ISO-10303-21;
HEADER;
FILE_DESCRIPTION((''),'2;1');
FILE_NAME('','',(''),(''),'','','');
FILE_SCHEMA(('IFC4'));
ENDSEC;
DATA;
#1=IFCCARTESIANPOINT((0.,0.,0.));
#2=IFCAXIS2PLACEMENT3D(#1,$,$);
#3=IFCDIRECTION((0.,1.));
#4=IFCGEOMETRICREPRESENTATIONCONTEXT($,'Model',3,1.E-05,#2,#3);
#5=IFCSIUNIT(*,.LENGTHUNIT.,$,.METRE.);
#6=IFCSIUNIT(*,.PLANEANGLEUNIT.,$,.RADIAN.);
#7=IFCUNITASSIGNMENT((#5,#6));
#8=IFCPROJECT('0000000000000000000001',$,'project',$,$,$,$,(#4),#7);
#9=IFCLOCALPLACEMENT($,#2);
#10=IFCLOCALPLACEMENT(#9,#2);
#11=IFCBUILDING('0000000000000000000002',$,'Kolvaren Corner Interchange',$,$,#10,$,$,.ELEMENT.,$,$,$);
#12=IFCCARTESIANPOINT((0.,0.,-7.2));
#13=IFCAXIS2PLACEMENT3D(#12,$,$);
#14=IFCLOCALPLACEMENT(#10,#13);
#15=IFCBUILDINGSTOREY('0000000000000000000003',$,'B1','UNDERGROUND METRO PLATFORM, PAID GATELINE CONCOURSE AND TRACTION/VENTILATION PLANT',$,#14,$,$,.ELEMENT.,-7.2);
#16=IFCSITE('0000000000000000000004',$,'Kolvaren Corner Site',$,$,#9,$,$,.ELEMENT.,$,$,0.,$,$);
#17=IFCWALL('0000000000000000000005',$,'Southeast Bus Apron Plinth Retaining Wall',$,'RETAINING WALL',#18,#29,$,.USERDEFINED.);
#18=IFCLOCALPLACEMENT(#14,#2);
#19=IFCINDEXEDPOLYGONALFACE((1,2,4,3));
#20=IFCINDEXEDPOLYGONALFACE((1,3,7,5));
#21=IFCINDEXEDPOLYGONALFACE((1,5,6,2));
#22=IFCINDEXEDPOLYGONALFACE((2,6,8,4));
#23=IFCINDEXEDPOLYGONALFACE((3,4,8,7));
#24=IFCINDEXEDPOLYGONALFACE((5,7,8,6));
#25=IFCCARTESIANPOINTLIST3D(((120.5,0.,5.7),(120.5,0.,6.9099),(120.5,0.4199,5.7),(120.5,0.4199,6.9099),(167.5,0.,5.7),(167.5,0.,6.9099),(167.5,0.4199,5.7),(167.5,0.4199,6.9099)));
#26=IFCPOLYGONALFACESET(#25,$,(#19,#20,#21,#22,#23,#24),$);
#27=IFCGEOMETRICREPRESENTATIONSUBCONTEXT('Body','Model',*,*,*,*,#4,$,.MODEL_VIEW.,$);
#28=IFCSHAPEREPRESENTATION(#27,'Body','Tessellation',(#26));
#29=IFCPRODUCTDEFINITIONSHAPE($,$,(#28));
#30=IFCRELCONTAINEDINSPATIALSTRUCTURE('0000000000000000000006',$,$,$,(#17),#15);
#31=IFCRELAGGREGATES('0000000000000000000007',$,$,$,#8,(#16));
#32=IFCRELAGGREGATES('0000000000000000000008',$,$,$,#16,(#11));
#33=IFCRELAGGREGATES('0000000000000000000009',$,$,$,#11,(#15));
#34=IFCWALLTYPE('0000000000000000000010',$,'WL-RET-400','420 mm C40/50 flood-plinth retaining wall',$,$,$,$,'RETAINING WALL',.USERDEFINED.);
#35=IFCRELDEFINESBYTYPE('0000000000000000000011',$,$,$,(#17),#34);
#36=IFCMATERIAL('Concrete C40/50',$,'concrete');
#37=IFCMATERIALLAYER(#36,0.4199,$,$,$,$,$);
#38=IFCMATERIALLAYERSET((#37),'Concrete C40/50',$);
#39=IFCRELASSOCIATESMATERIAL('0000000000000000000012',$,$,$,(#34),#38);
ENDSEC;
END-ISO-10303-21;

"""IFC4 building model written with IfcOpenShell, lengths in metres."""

from ifc_helpers import new_model, si_unit, direction, frame, frame_2d, origin, place, context, subcontext, project, spatial, rectangle, extrude, material, layer, layer_set, type_object, element, save


model = new_model("IFC4")

# Units and contexts
model_context = context("Model", 3, precision=1e-05, world=origin(), true_north=direction((0.0, 1.0)))
body_context = subcontext(model_context, "Body", "Model", "MODEL_VIEW")
ifc_project = project(units=[si_unit("LENGTHUNIT", "METRE"), si_unit("PLANEANGLEUNIT", "RADIAN")], contexts=[model_context])

# Site, building, storey
site_placement = place(None, origin())
site = spatial("IfcSite", under=ifc_project, at=site_placement, Name="Kolvaren Corner Site", CompositionType="ELEMENT", RefElevation=0.0)
building_placement = place(site_placement, origin())
building = spatial("IfcBuilding", under=site, at=building_placement, Name="Kolvaren Corner Interchange", CompositionType="ELEMENT")
storey_placement = place(building_placement, frame((0.0, 0.0, -7.2)))
storey = spatial("IfcBuildingStorey", under=building, at=storey_placement, Name="B1", Description="UNDERGROUND METRO PLATFORM, PAID GATELINE CONCOURSE AND TRACTION/VENTILATION PLANT", CompositionType="ELEMENT", Elevation=-7.2)

# Wall
ifc_material_1 = material(Name="Concrete C40/50", Category="concrete")
ifc_layer = layer(ifc_material_1, 0.4199)
ifc_layer_set = layer_set([ifc_layer], Name="Concrete C40/50")
wall_type = type_object("IfcWallType", Name="WL-RET-400", Description="420 mm C40/50 flood-plinth retaining wall", ElementType="RETAINING WALL", PredefinedType="USERDEFINED", material=ifc_layer_set)
wall_placement = place(storey_placement, frame((120.5, 0.21, 5.7), z_axis=(0.0, 0.0, 1.0), x_axis=(1.0, 0.0, 0.0)))
element("IfcWall", 1, at=wall_placement, inside=storey, type_object=wall_type, Name="Southeast Bus Apron Plinth Retaining Wall", ObjectType="RETAINING WALL", PredefinedType="USERDEFINED", context=body_context, shape_type="SweptSolid", body=[
    extrude(rectangle(XDim=47.0, YDim=0.4199, at=frame_2d((23.5, 0.0))), origin(), (0.0, 0.0, 1.0), 1.21),
])

save(model, "model.ifc")
